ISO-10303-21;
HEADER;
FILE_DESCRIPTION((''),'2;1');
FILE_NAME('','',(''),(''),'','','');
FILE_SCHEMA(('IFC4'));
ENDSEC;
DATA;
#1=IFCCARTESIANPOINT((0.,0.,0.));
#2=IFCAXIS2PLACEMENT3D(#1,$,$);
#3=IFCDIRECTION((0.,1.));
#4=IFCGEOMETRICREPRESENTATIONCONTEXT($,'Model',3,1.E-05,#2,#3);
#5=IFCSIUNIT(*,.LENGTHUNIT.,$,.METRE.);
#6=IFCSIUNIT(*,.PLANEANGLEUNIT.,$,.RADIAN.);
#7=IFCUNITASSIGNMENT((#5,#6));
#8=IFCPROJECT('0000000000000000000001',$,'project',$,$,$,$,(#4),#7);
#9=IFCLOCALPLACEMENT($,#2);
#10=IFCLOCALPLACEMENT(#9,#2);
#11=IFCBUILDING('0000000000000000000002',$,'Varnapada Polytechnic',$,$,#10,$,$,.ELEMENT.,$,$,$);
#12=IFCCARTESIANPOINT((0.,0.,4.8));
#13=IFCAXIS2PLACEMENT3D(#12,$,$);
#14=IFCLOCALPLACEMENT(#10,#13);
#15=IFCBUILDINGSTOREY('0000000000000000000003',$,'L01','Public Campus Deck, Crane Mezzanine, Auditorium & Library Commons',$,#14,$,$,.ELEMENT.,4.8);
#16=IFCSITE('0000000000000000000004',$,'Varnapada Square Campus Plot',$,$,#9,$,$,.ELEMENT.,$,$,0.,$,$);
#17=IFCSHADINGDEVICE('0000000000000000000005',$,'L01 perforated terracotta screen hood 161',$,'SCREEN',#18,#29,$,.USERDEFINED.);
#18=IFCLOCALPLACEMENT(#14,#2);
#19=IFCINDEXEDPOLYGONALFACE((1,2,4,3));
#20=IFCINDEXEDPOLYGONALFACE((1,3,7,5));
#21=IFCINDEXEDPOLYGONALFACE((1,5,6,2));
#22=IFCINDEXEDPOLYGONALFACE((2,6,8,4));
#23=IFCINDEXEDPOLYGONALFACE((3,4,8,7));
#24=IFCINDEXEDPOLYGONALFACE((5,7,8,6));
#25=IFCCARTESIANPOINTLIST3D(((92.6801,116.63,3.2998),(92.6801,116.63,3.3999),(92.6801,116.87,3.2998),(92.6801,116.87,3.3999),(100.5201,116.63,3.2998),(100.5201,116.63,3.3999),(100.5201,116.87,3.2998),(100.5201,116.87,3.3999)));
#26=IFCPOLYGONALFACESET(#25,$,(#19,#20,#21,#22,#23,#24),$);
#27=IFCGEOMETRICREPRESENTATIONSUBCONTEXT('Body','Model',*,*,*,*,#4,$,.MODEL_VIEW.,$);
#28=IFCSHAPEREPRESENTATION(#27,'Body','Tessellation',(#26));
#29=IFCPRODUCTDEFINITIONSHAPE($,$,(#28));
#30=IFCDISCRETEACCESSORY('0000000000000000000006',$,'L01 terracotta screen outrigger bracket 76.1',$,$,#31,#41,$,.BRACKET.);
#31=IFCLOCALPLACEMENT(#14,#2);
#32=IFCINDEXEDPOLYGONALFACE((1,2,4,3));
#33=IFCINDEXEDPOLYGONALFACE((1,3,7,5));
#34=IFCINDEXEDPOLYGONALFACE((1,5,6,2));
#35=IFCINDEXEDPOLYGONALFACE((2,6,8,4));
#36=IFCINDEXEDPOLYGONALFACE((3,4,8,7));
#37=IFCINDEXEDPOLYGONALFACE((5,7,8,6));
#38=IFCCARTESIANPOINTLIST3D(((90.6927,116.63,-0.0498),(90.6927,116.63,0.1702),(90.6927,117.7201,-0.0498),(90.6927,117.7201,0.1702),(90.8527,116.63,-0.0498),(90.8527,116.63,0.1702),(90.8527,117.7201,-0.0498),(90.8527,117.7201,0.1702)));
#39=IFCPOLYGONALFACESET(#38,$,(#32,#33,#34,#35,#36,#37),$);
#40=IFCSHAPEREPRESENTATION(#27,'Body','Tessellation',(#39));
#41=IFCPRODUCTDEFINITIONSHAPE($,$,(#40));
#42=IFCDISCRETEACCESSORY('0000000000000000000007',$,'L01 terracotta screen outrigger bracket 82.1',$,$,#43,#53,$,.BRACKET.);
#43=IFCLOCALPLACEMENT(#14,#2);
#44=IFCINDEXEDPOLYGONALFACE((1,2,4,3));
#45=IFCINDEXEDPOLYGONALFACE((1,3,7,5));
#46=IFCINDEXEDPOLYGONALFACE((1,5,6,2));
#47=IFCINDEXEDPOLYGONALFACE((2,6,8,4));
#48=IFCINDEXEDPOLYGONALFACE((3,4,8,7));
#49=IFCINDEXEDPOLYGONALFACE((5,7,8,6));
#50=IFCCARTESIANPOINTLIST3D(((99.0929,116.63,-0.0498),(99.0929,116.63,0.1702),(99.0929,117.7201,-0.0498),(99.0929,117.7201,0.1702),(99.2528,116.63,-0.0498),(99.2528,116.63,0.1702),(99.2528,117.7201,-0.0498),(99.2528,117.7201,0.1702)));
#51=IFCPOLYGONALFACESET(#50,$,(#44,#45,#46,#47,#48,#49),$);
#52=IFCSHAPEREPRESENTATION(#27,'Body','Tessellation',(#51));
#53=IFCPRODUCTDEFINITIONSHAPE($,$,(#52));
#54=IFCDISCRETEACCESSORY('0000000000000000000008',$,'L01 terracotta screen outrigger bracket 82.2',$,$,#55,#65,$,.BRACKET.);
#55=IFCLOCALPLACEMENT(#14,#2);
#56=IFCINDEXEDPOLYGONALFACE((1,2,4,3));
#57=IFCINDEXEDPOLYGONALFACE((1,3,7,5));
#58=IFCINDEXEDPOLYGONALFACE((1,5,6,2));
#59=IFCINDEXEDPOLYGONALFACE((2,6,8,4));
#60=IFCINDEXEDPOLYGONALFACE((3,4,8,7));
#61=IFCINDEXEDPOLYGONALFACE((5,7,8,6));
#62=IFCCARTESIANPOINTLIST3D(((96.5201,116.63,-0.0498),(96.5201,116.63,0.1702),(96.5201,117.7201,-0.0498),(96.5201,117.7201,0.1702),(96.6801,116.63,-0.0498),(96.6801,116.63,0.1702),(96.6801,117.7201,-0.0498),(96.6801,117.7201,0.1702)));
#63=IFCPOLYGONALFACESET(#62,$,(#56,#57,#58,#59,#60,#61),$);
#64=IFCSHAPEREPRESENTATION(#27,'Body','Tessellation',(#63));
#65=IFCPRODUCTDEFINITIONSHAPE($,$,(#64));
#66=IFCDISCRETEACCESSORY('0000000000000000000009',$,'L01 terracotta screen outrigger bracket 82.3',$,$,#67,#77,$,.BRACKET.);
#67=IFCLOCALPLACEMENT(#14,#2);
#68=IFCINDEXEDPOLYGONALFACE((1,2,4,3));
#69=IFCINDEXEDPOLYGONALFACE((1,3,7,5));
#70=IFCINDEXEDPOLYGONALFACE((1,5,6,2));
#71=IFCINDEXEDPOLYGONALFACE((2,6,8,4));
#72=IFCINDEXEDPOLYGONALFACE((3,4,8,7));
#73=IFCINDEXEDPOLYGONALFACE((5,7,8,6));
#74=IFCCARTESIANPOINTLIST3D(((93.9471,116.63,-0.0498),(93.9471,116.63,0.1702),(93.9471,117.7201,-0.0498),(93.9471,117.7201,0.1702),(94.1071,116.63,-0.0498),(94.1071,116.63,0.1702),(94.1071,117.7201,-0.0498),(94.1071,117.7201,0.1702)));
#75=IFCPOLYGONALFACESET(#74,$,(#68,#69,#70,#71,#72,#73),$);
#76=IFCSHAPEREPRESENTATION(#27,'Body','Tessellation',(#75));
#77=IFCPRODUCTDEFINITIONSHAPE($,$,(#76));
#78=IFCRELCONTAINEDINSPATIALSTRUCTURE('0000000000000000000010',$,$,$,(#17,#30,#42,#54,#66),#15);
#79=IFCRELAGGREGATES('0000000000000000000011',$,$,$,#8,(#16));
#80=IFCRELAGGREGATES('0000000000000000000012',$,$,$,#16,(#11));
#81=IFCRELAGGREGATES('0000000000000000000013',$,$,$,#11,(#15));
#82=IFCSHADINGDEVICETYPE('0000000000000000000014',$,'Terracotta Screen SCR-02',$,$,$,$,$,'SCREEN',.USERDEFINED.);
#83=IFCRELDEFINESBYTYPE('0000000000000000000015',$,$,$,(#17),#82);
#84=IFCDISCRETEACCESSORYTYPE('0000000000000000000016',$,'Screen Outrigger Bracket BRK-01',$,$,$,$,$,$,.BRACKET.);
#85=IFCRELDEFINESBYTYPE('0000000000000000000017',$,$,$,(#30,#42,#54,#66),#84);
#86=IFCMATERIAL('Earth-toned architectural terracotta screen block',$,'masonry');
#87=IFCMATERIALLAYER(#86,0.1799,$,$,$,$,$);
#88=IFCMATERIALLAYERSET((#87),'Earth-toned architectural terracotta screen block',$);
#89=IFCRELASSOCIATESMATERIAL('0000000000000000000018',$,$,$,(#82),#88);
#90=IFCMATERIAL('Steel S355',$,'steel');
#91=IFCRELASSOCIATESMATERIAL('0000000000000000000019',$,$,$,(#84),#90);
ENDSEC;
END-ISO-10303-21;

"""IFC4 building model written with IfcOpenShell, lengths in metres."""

from ifc_helpers import new_model, si_unit, direction, frame, origin, origin_2d, place, context, subcontext, project, spatial, rectangle, extrude, material, layer, layer_set, type_object, element, save


model = new_model("IFC4")

# Units and contexts
model_context = context("Model", 3, precision=1e-05, world=origin(), true_north=direction((0.0, 1.0)))
body_context = subcontext(model_context, "Body", "Model", "MODEL_VIEW")
ifc_project = project(units=[si_unit("LENGTHUNIT", "METRE"), si_unit("PLANEANGLEUNIT", "RADIAN")], contexts=[model_context])

# Site, building, storey
site_placement = place(None, origin())
site = spatial("IfcSite", under=ifc_project, at=site_placement, Name="Varnapada Square Campus Plot", CompositionType="ELEMENT", RefElevation=0.0)
building_placement = place(site_placement, origin())
building = spatial("IfcBuilding", under=site, at=building_placement, Name="Varnapada Polytechnic", CompositionType="ELEMENT")
storey_placement = place(building_placement, frame((0.0, 0.0, 4.8)))
storey = spatial("IfcBuildingStorey", under=building, at=storey_placement, Name="L01", Description="Public Campus Deck, Crane Mezzanine, Auditorium & Library Commons", CompositionType="ELEMENT", Elevation=4.8)

# Shared definitions
ifc_material_1 = material(Name="Earth-toned architectural terracotta screen block", Category="masonry")

# Shading device
ifc_layer_1 = layer(ifc_material_1, 0.1799)
ifc_layer_set_1 = layer_set([ifc_layer_1], Name="Earth-toned architectural terracotta screen block")
shading_device_type_1 = type_object("IfcShadingDeviceType", Name="Terracotta Screen SCR-02", ElementType="SCREEN", PredefinedType="USERDEFINED", material=ifc_layer_set_1)
shading_device_1_placement = place(storey_placement, frame((96.6001, 116.75, 3.2998), z_axis=(0.0, 0.0, 1.0), x_axis=(-1.0, 0.0, 0.0)))
element("IfcShadingDevice", 1, at=shading_device_1_placement, inside=storey, type_object=shading_device_type_1, Name="L01 perforated terracotta screen hood 161", ObjectType="SCREEN", PredefinedType="USERDEFINED", context=body_context, shape_type="SweptSolid", body=[
    extrude(rectangle(XDim=7.8401, YDim=0.24, at=origin_2d()), origin(), (0.0, 0.0, 1.0), 0.1001),
])

# Discrete accessories
ifc_material_2 = material(Name="Steel S355", Category="steel")
discrete_accessory_type = type_object("IfcDiscreteAccessoryType", Name="Screen Outrigger Bracket BRK-01", PredefinedType="BRACKET", material=ifc_material_2)
for number, where, z_axis, x_axis, name in (
    (2, (90.7727, 117.175, -0.0498), (0.0, 0.0, 1.0), (-1.0, 0.0, 0.0), "L01 terracotta screen outrigger bracket 76.1"),
    (3, (99.1729, 117.175, -0.0498), (0.0, 0.0, 1.0), (-1.0, 0.0, 0.0), "L01 terracotta screen outrigger bracket 82.1"),
    (4, (96.6001, 117.175, -0.0498), (0.0, 0.0, 1.0), (-1.0, 0.0, 0.0), "L01 terracotta screen outrigger bracket 82.2"),
    (5, (94.0271, 117.175, -0.0498), (0.0, 0.0, 1.0), (-1.0, 0.0, 0.0), "L01 terracotta screen outrigger bracket 82.3"),
):
    element("IfcDiscreteAccessory", number, at=place(storey_placement, frame(where, z_axis=z_axis, x_axis=x_axis)), inside=storey, type_object=discrete_accessory_type, Name=name, PredefinedType="BRACKET", context=body_context, shape_type="SweptSolid", body=[
        extrude(rectangle(XDim=0.1599, YDim=1.0901, at=origin_2d()), origin(), (0.0, 0.0, 1.0), 0.22),
    ])

save(model, "model.ifc")
